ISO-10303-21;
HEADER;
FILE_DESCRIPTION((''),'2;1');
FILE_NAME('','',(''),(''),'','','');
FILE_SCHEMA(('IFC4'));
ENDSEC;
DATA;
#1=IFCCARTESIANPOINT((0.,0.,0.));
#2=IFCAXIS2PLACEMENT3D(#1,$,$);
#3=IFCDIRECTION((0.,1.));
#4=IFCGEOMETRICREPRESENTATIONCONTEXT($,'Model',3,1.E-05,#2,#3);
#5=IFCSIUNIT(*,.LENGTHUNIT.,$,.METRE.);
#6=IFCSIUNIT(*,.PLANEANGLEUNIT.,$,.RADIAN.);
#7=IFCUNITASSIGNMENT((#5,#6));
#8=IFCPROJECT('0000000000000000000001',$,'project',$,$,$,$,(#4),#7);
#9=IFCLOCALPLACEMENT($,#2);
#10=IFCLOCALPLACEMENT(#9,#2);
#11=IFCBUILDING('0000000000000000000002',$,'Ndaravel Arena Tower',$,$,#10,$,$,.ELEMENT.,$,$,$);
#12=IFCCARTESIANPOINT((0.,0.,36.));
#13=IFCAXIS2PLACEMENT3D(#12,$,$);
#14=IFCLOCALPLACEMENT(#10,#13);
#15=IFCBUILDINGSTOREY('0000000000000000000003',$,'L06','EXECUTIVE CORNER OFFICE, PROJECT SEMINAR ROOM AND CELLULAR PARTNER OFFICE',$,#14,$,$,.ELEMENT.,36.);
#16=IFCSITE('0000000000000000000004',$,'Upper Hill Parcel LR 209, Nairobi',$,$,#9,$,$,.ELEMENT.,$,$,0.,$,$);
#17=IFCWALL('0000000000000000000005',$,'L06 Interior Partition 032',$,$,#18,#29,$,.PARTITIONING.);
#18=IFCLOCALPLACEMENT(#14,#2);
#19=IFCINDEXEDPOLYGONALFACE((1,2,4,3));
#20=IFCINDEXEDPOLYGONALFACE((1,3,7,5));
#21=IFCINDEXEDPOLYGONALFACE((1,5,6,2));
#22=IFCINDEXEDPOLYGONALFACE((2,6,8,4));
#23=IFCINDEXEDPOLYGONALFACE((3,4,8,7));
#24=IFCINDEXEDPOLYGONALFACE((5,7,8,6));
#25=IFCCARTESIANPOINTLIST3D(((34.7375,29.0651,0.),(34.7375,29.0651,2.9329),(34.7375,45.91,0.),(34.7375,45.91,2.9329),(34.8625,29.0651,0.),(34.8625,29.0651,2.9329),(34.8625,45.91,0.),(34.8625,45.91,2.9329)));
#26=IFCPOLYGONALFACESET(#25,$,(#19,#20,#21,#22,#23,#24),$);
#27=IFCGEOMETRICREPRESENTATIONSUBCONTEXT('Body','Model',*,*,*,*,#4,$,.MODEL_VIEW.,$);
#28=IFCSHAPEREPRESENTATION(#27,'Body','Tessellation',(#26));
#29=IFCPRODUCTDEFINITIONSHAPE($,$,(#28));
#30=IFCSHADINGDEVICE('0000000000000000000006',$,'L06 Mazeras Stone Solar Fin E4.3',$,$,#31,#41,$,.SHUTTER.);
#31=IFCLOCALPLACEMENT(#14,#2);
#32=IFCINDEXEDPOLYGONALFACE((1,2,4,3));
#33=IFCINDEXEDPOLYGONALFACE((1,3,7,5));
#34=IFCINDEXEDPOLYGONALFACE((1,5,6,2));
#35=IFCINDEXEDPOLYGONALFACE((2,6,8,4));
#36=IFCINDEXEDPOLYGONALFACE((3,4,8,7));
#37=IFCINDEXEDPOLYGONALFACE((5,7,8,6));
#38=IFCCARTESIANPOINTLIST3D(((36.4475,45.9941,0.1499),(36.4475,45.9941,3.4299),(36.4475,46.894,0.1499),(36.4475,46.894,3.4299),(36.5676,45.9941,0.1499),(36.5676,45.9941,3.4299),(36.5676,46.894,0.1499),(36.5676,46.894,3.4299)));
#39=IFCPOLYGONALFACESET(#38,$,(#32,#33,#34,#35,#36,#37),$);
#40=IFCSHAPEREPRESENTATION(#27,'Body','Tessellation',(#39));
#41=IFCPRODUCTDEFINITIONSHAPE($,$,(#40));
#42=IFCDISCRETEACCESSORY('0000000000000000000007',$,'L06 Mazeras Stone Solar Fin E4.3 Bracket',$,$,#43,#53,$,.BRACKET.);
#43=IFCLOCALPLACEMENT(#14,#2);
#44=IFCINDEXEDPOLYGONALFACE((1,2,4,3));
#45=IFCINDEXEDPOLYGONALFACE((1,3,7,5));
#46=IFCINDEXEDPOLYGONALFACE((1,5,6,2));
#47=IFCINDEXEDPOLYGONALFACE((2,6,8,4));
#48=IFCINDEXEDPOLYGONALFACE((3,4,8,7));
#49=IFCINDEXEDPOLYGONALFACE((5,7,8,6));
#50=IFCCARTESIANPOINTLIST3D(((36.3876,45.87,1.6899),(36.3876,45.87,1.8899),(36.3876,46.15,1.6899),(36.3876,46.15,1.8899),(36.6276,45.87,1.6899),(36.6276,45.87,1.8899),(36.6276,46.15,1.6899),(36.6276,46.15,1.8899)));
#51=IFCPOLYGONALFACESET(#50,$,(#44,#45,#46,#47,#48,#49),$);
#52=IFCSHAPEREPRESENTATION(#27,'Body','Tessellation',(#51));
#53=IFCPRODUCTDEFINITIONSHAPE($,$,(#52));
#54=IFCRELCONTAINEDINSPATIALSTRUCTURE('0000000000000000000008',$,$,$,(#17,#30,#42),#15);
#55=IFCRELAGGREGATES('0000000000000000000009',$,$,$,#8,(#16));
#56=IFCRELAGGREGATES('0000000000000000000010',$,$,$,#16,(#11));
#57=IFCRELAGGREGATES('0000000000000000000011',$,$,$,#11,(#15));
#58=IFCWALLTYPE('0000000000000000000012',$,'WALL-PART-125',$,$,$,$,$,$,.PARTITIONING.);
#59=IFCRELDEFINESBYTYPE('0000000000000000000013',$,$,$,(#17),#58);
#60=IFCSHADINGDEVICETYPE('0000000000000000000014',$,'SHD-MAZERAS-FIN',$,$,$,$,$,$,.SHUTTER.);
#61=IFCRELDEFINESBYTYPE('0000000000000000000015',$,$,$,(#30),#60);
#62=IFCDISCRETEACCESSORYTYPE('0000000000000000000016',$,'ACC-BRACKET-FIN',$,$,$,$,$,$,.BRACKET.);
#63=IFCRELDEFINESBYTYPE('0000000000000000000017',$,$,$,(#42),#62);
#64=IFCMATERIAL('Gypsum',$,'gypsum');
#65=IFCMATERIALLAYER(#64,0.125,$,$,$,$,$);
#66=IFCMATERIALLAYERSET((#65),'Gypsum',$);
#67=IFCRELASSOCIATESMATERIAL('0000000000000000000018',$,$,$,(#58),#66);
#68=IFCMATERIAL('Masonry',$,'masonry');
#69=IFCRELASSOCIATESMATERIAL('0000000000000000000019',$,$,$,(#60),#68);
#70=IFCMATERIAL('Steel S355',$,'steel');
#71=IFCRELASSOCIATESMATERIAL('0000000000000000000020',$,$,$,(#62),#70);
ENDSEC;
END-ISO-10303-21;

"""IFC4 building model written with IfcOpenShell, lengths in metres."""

from ifc_helpers import new_model, si_unit, direction, frame, frame_2d, origin, origin_2d, place, context, subcontext, project, spatial, rectangle, extrude, material, layer, layer_set, type_object, element, save


model = new_model("IFC4")

# Units and contexts
model_context = context("Model", 3, precision=1e-05, world=origin(), true_north=direction((0.0, 1.0)))
body_context = subcontext(model_context, "Body", "Model", "MODEL_VIEW")
ifc_project = project(units=[si_unit("LENGTHUNIT", "METRE"), si_unit("PLANEANGLEUNIT", "RADIAN")], contexts=[model_context])

# Site, building, storey
site_placement = place(None, origin())
site = spatial("IfcSite", under=ifc_project, at=site_placement, Name="Upper Hill Parcel LR 209, Nairobi", CompositionType="ELEMENT", RefElevation=0.0)
building_placement = place(site_placement, origin())
building = spatial("IfcBuilding", under=site, at=building_placement, Name="Ndaravel Arena Tower", CompositionType="ELEMENT")
storey_placement = place(building_placement, frame((0.0, 0.0, 36.0)))
storey = spatial("IfcBuildingStorey", under=building, at=storey_placement, Name="L06", Description="EXECUTIVE CORNER OFFICE, PROJECT SEMINAR ROOM AND CELLULAR PARTNER OFFICE", CompositionType="ELEMENT", Elevation=36.0)

# Wall
ifc_material_1 = material(Name="Gypsum", Category="gypsum")
ifc_layer_1 = layer(ifc_material_1, 0.125)
ifc_layer_set_1 = layer_set([ifc_layer_1], Name="Gypsum")
wall_type = type_object("IfcWallType", Name="WALL-PART-125", PredefinedType="PARTITIONING", material=ifc_layer_set_1)
wall_placement = place(storey_placement, frame((34.8, 45.9099, 0.0), z_axis=(0.0, 0.0, 1.0), x_axis=(0.0, -1.0, 0.0)))
element("IfcWall", 1, at=wall_placement, inside=storey, type_object=wall_type, Name="L06 Interior Partition 032", PredefinedType="PARTITIONING", context=body_context, shape_type="SweptSolid", body=[
    extrude(rectangle(XDim=16.845, YDim=0.125, at=frame_2d((8.4224, 0.0))), origin(), (0.0, 0.0, 1.0), 2.9329),
])

# Shading device
ifc_material_2 = material(Name="Masonry", Category="masonry")
shading_device_type = type_object("IfcShadingDeviceType", Name="SHD-MAZERAS-FIN", PredefinedType="SHUTTER", material=ifc_material_2)
shading_device_placement = place(storey_placement, frame((36.5076, 46.4441, 0.1499), z_axis=(0.0, 0.0, 1.0), x_axis=(0.0, 1.0, 0.0)))
element("IfcShadingDevice", 2, at=shading_device_placement, inside=storey, type_object=shading_device_type, Name="L06 Mazeras Stone Solar Fin E4.3", PredefinedType="SHUTTER", context=body_context, shape_type="SweptSolid", body=[
    extrude(rectangle(XDim=0.8999, YDim=0.1201, at=origin_2d()), origin(), (0.0, 0.0, 1.0), 3.28),
])

# Discrete accessory
ifc_material_3 = material(Name="Steel S355", Category="steel")
discrete_accessory_type = type_object("IfcDiscreteAccessoryType", Name="ACC-BRACKET-FIN", PredefinedType="BRACKET", material=ifc_material_3)
discrete_accessory_placement = place(storey_placement, frame((36.5076, 46.01, 1.6899), z_axis=(0.0, 0.0, 1.0), x_axis=(0.0, 1.0, 0.0)))
element("IfcDiscreteAccessory", 3, at=discrete_accessory_placement, inside=storey, type_object=discrete_accessory_type, Name="L06 Mazeras Stone Solar Fin E4.3 Bracket", PredefinedType="BRACKET", context=body_context, shape_type="SweptSolid", body=[
    extrude(rectangle(XDim=0.28, YDim=0.24, at=origin_2d()), origin(), (0.0, 0.0, 1.0), 0.2),
])

save(model, "model.ifc")
